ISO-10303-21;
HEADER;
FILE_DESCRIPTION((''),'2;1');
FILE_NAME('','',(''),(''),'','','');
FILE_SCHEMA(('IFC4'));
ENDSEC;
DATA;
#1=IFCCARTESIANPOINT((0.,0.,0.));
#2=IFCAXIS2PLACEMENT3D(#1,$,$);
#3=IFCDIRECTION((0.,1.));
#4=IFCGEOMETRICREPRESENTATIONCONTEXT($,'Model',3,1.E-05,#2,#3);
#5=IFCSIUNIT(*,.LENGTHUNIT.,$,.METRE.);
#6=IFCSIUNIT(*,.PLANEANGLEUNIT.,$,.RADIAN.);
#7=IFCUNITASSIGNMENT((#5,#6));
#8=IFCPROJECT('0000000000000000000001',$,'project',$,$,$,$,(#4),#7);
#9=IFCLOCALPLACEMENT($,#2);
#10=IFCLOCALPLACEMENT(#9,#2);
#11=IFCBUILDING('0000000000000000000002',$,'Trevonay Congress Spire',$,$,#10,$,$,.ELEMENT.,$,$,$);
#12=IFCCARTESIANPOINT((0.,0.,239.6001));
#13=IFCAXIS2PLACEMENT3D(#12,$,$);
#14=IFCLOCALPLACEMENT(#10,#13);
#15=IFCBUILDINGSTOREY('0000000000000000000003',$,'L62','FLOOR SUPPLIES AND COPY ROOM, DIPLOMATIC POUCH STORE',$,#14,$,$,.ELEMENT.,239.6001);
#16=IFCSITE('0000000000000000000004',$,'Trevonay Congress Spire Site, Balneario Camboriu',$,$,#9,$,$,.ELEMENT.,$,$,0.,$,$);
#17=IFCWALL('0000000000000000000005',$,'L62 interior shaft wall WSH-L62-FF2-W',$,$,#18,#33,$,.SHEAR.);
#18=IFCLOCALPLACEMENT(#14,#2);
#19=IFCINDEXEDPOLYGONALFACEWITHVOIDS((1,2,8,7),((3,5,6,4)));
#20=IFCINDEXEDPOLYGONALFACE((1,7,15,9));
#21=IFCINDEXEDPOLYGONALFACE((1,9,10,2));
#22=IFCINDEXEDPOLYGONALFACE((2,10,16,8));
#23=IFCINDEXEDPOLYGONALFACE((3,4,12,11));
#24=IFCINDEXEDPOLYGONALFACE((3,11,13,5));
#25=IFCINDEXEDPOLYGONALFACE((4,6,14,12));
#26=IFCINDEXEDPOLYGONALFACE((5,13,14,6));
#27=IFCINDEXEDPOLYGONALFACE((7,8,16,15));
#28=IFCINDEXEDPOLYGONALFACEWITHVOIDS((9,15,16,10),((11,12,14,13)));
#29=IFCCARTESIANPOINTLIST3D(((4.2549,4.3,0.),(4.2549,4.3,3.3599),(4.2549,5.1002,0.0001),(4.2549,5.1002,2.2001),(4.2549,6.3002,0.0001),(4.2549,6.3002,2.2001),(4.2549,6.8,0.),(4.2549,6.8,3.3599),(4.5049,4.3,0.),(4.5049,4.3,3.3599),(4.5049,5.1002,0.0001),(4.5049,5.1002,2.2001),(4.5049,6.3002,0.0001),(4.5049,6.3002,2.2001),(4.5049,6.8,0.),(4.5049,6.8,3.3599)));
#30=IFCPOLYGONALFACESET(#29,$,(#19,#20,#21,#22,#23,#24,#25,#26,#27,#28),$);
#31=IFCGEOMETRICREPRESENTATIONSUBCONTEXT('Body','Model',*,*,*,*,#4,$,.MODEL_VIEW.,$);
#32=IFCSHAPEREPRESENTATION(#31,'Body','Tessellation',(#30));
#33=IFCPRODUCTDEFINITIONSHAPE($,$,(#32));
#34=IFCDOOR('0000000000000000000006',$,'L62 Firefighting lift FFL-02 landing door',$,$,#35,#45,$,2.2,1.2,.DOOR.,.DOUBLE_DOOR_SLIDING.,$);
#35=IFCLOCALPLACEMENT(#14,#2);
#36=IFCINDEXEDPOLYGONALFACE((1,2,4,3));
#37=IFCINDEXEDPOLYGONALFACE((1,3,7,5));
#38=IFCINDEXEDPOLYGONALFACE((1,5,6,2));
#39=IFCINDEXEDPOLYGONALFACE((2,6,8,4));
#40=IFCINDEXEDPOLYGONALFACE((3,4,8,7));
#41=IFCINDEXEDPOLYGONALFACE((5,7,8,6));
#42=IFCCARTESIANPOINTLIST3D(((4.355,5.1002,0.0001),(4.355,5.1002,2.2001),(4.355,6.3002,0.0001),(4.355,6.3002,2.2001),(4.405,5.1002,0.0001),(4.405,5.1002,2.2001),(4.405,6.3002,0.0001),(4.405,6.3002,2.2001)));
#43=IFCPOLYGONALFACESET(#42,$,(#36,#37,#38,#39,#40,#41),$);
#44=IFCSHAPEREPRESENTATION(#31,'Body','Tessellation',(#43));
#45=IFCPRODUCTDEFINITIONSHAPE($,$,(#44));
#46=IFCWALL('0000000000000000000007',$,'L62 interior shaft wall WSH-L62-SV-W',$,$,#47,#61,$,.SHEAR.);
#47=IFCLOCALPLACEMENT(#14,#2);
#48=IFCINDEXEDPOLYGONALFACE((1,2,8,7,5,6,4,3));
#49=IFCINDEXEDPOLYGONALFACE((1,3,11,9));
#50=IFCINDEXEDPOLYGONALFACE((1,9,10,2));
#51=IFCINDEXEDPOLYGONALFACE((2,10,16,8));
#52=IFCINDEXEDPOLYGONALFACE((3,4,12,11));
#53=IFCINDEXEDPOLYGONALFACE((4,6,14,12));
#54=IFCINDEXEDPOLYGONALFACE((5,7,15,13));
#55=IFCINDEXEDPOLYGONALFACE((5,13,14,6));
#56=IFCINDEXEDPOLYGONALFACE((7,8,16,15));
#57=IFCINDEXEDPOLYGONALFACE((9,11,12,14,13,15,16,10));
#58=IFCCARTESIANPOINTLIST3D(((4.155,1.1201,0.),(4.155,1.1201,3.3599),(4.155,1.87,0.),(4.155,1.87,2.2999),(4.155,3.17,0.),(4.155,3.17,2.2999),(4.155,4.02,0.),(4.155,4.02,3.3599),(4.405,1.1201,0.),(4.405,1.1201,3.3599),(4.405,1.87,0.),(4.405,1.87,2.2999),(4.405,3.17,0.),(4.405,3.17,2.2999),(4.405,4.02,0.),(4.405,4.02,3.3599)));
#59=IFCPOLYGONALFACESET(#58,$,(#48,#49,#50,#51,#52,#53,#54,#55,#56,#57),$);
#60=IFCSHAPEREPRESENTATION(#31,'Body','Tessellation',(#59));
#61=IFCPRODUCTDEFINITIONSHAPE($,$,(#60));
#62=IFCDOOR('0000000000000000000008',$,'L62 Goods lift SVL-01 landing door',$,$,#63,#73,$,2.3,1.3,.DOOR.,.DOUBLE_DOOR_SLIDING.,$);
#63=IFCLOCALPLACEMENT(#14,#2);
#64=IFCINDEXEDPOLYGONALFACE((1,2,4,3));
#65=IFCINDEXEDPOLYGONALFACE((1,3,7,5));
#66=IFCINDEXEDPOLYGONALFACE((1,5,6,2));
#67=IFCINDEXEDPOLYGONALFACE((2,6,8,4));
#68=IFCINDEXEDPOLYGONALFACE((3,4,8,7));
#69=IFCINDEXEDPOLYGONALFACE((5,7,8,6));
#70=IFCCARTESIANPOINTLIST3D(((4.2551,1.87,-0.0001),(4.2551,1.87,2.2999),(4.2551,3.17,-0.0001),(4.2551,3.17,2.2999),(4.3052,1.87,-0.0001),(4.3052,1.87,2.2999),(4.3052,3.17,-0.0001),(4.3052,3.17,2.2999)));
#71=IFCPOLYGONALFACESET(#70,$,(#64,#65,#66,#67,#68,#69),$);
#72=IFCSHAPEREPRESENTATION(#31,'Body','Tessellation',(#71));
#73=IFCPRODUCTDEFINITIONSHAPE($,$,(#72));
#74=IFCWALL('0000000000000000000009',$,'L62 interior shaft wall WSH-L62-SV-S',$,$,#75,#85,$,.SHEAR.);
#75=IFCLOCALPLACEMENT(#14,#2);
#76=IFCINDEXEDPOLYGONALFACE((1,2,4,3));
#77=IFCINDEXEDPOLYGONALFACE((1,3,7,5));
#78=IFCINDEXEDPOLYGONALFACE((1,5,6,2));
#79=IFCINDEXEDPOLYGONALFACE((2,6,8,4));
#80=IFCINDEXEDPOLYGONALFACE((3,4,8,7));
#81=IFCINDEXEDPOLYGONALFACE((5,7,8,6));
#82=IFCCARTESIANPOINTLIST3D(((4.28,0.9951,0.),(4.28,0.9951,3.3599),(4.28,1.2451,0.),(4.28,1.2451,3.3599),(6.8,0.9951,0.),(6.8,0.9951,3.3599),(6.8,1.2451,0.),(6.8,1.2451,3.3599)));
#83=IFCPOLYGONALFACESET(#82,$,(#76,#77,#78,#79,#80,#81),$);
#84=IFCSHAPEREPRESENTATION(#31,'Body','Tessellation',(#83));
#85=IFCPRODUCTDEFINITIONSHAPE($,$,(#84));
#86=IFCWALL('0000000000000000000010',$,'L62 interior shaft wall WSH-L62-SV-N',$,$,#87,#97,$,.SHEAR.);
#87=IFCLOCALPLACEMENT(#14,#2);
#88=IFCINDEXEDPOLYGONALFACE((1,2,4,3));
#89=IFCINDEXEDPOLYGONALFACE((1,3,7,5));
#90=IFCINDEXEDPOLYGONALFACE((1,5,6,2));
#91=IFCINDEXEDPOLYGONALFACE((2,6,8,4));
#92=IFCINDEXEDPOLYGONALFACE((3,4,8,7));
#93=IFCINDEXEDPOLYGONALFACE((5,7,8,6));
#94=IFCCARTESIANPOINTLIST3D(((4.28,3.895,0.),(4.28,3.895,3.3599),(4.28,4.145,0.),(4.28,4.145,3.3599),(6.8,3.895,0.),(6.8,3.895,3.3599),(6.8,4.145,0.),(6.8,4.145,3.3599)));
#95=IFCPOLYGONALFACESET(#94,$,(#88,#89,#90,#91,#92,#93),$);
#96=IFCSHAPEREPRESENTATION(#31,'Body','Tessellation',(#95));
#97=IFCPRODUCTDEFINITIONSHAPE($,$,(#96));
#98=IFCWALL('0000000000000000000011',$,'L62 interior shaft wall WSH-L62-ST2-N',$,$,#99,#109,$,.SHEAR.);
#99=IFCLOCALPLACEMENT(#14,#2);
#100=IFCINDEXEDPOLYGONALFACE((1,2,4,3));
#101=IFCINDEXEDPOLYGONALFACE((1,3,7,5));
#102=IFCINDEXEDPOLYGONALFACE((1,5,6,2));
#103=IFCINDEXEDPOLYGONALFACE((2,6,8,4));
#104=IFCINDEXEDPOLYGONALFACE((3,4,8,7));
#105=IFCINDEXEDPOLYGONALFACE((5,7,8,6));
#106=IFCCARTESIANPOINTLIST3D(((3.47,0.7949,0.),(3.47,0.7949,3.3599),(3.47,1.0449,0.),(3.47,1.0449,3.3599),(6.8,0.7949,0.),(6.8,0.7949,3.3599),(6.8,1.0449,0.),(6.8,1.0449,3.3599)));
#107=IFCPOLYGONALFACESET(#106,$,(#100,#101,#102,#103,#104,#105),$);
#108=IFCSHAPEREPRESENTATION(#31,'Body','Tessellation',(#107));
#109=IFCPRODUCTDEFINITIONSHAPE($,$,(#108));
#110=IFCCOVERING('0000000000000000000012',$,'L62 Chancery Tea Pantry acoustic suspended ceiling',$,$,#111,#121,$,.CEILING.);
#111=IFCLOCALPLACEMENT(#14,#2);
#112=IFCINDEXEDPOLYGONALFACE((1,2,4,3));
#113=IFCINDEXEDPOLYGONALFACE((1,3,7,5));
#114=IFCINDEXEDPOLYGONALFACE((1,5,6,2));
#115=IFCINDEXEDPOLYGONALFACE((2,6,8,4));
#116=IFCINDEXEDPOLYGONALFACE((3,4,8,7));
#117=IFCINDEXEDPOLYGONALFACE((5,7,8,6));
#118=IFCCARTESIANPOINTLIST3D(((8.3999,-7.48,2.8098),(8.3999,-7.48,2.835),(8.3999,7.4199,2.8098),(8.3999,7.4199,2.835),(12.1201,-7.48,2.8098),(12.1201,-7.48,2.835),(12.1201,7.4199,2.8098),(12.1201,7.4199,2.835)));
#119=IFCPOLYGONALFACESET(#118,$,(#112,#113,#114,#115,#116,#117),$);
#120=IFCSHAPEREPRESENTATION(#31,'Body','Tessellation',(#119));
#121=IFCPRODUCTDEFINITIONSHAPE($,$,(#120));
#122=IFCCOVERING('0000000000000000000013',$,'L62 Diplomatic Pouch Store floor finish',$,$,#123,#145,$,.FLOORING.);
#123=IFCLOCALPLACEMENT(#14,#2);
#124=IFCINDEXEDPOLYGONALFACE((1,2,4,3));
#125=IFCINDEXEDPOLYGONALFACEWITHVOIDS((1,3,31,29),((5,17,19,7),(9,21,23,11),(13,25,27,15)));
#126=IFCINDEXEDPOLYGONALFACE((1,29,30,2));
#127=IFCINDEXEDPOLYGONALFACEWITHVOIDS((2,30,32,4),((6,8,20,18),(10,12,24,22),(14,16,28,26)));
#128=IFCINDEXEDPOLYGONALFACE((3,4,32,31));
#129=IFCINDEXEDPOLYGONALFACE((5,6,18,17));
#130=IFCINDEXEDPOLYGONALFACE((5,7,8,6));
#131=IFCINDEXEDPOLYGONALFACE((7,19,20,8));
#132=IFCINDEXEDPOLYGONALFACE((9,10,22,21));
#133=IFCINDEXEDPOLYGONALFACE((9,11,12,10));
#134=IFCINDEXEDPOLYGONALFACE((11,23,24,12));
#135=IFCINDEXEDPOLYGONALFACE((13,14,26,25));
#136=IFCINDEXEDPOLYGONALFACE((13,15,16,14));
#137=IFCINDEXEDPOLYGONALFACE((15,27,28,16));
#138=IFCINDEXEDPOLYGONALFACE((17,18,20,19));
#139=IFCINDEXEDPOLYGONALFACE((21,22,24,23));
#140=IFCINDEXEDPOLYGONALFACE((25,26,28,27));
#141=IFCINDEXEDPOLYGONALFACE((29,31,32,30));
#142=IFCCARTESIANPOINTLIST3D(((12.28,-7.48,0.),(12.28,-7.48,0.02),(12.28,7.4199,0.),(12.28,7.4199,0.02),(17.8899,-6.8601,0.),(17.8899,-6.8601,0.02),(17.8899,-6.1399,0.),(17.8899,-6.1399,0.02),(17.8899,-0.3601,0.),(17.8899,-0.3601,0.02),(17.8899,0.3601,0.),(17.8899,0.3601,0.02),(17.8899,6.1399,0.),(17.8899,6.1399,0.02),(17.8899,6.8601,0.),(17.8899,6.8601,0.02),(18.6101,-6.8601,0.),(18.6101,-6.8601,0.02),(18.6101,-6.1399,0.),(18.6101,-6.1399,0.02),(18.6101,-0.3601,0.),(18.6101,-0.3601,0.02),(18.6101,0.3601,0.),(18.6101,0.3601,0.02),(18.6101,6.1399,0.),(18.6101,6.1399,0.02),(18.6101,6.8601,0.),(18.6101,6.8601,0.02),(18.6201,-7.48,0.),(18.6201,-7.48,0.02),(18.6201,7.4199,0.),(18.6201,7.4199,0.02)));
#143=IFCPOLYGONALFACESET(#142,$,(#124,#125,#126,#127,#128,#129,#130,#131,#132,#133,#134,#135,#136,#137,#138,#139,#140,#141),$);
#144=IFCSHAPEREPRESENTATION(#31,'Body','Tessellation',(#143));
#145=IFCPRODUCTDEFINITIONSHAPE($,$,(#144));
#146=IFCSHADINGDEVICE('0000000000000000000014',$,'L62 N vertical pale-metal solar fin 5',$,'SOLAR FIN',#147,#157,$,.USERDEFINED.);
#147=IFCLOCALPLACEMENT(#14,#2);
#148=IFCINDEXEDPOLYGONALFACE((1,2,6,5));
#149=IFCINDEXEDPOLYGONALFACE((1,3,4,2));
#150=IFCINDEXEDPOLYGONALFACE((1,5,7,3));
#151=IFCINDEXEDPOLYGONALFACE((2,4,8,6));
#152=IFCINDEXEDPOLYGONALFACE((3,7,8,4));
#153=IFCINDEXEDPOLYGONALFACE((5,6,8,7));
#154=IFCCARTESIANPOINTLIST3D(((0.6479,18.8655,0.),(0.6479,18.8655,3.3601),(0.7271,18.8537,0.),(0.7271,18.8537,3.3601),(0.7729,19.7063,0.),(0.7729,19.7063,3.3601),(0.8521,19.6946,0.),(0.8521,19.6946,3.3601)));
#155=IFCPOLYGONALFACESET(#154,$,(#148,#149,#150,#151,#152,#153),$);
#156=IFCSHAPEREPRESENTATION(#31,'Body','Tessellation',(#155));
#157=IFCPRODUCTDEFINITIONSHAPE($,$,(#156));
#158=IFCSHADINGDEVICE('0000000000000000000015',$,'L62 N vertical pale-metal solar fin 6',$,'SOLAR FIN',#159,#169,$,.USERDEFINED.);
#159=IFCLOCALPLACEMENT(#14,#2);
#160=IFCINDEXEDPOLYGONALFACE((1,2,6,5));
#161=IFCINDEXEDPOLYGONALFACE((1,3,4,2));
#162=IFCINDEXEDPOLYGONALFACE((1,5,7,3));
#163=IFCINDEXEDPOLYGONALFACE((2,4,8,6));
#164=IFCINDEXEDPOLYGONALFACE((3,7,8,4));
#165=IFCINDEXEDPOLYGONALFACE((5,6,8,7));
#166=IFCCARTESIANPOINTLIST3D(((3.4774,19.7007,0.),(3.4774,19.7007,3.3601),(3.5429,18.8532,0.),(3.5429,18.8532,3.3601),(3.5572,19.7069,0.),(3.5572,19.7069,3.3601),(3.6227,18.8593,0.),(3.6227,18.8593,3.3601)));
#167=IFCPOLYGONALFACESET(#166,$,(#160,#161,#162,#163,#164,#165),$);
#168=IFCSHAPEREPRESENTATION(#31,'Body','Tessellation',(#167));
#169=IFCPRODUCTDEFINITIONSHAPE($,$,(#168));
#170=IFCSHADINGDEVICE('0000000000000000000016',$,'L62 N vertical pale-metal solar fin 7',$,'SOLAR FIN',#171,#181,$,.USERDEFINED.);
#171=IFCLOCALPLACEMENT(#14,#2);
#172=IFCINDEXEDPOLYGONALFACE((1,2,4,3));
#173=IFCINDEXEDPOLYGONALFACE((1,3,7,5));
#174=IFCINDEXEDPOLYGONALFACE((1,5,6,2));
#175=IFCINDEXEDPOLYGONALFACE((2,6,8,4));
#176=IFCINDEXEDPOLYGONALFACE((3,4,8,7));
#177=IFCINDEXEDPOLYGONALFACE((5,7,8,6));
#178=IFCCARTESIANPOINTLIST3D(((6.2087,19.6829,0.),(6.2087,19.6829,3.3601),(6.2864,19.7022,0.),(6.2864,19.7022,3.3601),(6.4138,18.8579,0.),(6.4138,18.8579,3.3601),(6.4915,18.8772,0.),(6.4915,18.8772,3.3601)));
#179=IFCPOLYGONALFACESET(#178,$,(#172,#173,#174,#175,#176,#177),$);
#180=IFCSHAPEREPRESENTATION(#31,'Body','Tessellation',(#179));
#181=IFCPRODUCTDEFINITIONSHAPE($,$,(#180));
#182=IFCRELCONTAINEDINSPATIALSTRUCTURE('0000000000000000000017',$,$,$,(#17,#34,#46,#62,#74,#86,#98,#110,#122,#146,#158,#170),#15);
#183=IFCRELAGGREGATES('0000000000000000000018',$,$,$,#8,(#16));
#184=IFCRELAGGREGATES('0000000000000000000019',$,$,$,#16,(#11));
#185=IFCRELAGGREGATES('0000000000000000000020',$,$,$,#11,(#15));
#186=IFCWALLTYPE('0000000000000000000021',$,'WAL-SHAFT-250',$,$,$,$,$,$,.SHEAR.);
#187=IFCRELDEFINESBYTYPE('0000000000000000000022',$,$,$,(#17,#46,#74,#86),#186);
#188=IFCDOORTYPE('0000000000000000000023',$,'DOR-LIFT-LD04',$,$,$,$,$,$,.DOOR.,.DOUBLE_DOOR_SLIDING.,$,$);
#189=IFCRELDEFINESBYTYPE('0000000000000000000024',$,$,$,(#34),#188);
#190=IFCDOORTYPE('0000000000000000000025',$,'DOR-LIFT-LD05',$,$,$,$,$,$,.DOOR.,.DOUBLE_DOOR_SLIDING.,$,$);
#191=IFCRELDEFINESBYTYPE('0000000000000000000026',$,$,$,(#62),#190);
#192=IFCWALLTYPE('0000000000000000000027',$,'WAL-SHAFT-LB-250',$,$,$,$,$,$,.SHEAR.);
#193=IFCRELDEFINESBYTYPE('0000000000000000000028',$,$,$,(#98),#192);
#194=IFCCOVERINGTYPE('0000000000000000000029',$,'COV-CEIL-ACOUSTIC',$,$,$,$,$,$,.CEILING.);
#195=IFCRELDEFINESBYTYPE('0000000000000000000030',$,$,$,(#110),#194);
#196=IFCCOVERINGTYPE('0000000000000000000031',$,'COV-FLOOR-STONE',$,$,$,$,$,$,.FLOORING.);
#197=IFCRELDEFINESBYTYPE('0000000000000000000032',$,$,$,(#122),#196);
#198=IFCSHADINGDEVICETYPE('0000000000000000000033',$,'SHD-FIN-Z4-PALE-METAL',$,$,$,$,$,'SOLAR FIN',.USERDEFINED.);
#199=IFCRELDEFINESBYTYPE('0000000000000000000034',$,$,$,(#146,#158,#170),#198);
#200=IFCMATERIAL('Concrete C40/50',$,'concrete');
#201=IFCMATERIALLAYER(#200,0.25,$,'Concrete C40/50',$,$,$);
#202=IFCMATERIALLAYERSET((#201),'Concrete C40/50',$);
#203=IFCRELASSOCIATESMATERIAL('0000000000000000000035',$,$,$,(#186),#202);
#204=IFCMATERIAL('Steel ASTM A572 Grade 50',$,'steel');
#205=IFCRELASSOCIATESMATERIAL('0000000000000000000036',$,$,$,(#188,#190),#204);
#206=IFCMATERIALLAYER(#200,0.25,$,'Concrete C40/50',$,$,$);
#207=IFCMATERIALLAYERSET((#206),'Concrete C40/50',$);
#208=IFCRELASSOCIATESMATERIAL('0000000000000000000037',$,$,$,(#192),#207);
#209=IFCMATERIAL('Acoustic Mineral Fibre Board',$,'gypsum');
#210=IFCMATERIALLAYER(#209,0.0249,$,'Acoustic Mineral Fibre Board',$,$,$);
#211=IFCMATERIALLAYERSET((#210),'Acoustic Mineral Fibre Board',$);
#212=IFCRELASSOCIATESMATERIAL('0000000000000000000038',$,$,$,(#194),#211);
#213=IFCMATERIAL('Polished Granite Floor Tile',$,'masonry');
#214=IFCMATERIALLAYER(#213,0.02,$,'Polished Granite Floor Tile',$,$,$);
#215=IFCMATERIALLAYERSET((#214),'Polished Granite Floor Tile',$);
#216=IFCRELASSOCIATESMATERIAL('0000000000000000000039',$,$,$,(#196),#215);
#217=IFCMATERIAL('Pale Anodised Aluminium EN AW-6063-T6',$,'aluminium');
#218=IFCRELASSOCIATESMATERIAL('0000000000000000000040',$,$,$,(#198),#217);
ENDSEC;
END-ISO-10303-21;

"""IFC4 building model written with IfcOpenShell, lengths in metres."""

from ifc_helpers import new_model, si_unit, direction, frame, frame_2d, origin, origin_2d, place, context, subcontext, project, spatial, polyline, rectangle, outline, extrude, material, layer, layer_set, type_object, element, fill, save


model = new_model("IFC4")

# Units and contexts
model_context = context("Model", 3, precision=1e-05, world=origin(), true_north=direction((0.0, 1.0)))
body_context = subcontext(model_context, "Body", "Model", "MODEL_VIEW")
ifc_project = project(units=[si_unit("LENGTHUNIT", "METRE"), si_unit("PLANEANGLEUNIT", "RADIAN")], contexts=[model_context])

# Site, building, storey
site_placement = place(None, origin())
site = spatial("IfcSite", under=ifc_project, at=site_placement, Name="Trevonay Congress Spire Site, Balneario Camboriu", CompositionType="ELEMENT", RefElevation=0.0)
building_placement = place(site_placement, origin())
building = spatial("IfcBuilding", under=site, at=building_placement, Name="Trevonay Congress Spire", CompositionType="ELEMENT")
storey_placement = place(building_placement, frame((0.0, 0.0, 239.6001)))
storey = spatial("IfcBuildingStorey", under=building, at=storey_placement, Name="L62", Description="FLOOR SUPPLIES AND COPY ROOM, DIPLOMATIC POUCH STORE", CompositionType="ELEMENT", Elevation=239.6001)

# Shared definitions
ifc_material_1 = material(Name="Steel ASTM A572 Grade 50", Category="steel")

# Shared definitions
ifc_material_2 = material(Name="Pale Anodised Aluminium EN AW-6063-T6", Category="aluminium")

# Shared definitions
ifc_material_3 = material(Name="Concrete C40/50", Category="concrete")
ifc_layer_1 = layer(ifc_material_3, 0.25, Name="Concrete C40/50")
ifc_layer_set_1 = layer_set([ifc_layer_1], Name="Concrete C40/50")
wall_type_1 = type_object("IfcWallType", Name="WAL-SHAFT-250", PredefinedType="SHEAR", material=ifc_layer_set_1)

# Walls, openings, doors
wall_1_placement = place(storey_placement, frame((4.3799, 4.3, 0.0), z_axis=(0.0, 0.0, 1.0), x_axis=(0.0, 1.0, 0.0)))
wall_1 = element("IfcWall", 1, at=wall_1_placement, inside=storey, type_object=wall_type_1, Name="L62 interior shaft wall WSH-L62-FF2-W", PredefinedType="SHEAR", context=body_context, shape_type="SweptSolid", body=[
    extrude(rectangle(XDim=2.5, YDim=0.25, at=frame_2d((1.25, 0.0))), origin(), (0.0, 0.0, 1.0), 3.3599),
])
opening_1_placement = place(wall_1_placement, frame((0.8, 0.0, 0.0)))
opening_1 = element("IfcOpeningElement", 2, at=opening_1_placement, cuts=wall_1, PredefinedType="OPENING", context=body_context, shape_type="SweptSolid", body=[
    extrude(rectangle(XDim=1.2, YDim=2.2, at=frame_2d((0.6001, 1.1001))), frame((0.0, 0.135, 0.0), z_axis=(0.0, -1.0, 0.0), x_axis=(1.0, 0.0, 0.0)), (0.0, 0.0, 1.0), 0.27),
])
door_type_1 = type_object("IfcDoorType", Name="DOR-LIFT-LD04", OperationType="DOUBLE_DOOR_SLIDING", PredefinedType="DOOR", material=ifc_material_1)
door_1_placement = place(opening_1_placement, origin())
door_1 = element("IfcDoor", 3, at=door_1_placement, inside=storey, type_object=door_type_1, Name="L62 Firefighting lift FFL-02 landing door", OperationType="DOUBLE_DOOR_SLIDING", OverallHeight=2.2, OverallWidth=1.2, PredefinedType="DOOR", context=body_context, shape_type="SweptSolid", body=[
    extrude(rectangle(XDim=1.2, YDim=2.2, at=frame_2d((0.6001, 1.1001))), frame((0.0, 0.0249, 0.0), z_axis=(0.0, -1.0, 0.0), x_axis=(1.0, 0.0, 0.0)), (0.0, 0.0, 1.0), 0.05),
])
fill(opening_1, door_1)
wall_2_placement = place(storey_placement, frame((4.28, 1.1201, 0.0), z_axis=(0.0, 0.0, 1.0), x_axis=(0.0, 1.0, 0.0)))
wall_2 = element("IfcWall", 4, at=wall_2_placement, inside=storey, type_object=wall_type_1, Name="L62 interior shaft wall WSH-L62-SV-W", PredefinedType="SHEAR", context=body_context, shape_type="SweptSolid", body=[
    extrude(rectangle(XDim=2.8999, YDim=0.25, at=frame_2d((1.45, 0.0))), origin(), (0.0, 0.0, 1.0), 3.3599),
])
opening_2_placement = place(wall_2_placement, frame((0.75, 0.0, 0.0)))
opening_2 = element("IfcOpeningElement", 5, at=opening_2_placement, cuts=wall_2, PredefinedType="OPENING", context=body_context, shape_type="SweptSolid", body=[
    extrude(rectangle(XDim=1.3, YDim=2.3, at=frame_2d((0.6499, 1.1499))), frame((0.0, 0.135, 0.0), z_axis=(0.0, -1.0, 0.0), x_axis=(1.0, 0.0, 0.0)), (0.0, 0.0, 1.0), 0.27),
])
door_type_2 = type_object("IfcDoorType", Name="DOR-LIFT-LD05", OperationType="DOUBLE_DOOR_SLIDING", PredefinedType="DOOR", material=ifc_material_1)
door_2_placement = place(opening_2_placement, origin())
door_2 = element("IfcDoor", 6, at=door_2_placement, inside=storey, type_object=door_type_2, Name="L62 Goods lift SVL-01 landing door", OperationType="DOUBLE_DOOR_SLIDING", OverallHeight=2.3, OverallWidth=1.3, PredefinedType="DOOR", context=body_context, shape_type="SweptSolid", body=[
    extrude(rectangle(XDim=1.3, YDim=2.3, at=frame_2d((0.6499, 1.1499))), frame((0.0, 0.0249, 0.0), z_axis=(0.0, -1.0, 0.0), x_axis=(1.0, 0.0, 0.0)), (0.0, 0.0, 1.0), 0.05),
])
fill(opening_2, door_2)

# Walls
for number, where, z_axis, x_axis, name in (
    (7, (4.28, 1.1201, 0.0), (0.0, 0.0, 1.0), (1.0, 0.0, 0.0), "L62 interior shaft wall WSH-L62-SV-S"),
    (8, (4.28, 4.02, 0.0), (0.0, 0.0, 1.0), (1.0, 0.0, 0.0), "L62 interior shaft wall WSH-L62-SV-N"),
):
    element("IfcWall", number, at=place(storey_placement, frame(where, z_axis=z_axis, x_axis=x_axis)), inside=storey, type_object=wall_type_1, Name=name, PredefinedType="SHEAR", context=body_context, shape_type="SweptSolid", body=[
        extrude(rectangle(XDim=2.52, YDim=0.25, at=frame_2d((1.26, 0.0))), origin(), (0.0, 0.0, 1.0), 3.3599),
    ])
ifc_layer_2 = layer(ifc_material_3, 0.25, Name="Concrete C40/50")
ifc_layer_set_2 = layer_set([ifc_layer_2], Name="Concrete C40/50")
wall_type_2 = type_object("IfcWallType", Name="WAL-SHAFT-LB-250", PredefinedType="SHEAR", material=ifc_layer_set_2)
wall_3_placement = place(storey_placement, frame((3.47, 0.9199, 0.0), z_axis=(0.0, 0.0, 1.0), x_axis=(1.0, 0.0, 0.0)))
element("IfcWall", 9, at=wall_3_placement, inside=storey, type_object=wall_type_2, Name="L62 interior shaft wall WSH-L62-ST2-N", PredefinedType="SHEAR", context=body_context, shape_type="SweptSolid", body=[
    extrude(rectangle(XDim=3.3301, YDim=0.25, at=frame_2d((1.665, 0.0))), origin(), (0.0, 0.0, 1.0), 3.3599),
])

# Coverings
ifc_material_4 = material(Name="Acoustic Mineral Fibre Board", Category="gypsum")
ifc_layer_3 = layer(ifc_material_4, 0.0249, Name="Acoustic Mineral Fibre Board")
ifc_layer_set_3 = layer_set([ifc_layer_3], Name="Acoustic Mineral Fibre Board")
covering_type_1 = type_object("IfcCoveringType", Name="COV-CEIL-ACOUSTIC", PredefinedType="CEILING", material=ifc_layer_set_3)
covering_1_placement = place(storey_placement, frame((0.0, 0.0, 2.8098)))
element("IfcCovering", 10, at=covering_1_placement, inside=storey, type_object=covering_type_1, Name="L62 Chancery Tea Pantry acoustic suspended ceiling", PredefinedType="CEILING", context=body_context, shape_type="SweptSolid", body=[
    extrude(outline(polyline([(8.3999, -7.48), (12.1201, -7.48), (12.1201, 7.4199), (8.3999, 7.4199), (8.3999, -7.48)])), origin(), (0.0, 0.0, 1.0), 0.0251),
])
ifc_material_5 = material(Name="Polished Granite Floor Tile", Category="masonry")
ifc_layer_4 = layer(ifc_material_5, 0.02, Name="Polished Granite Floor Tile")
ifc_layer_set_4 = layer_set([ifc_layer_4], Name="Polished Granite Floor Tile")
covering_type_2 = type_object("IfcCoveringType", Name="COV-FLOOR-STONE", PredefinedType="FLOORING", material=ifc_layer_set_4)
covering_2_placement = place(storey_placement, origin())
element("IfcCovering", 11, at=covering_2_placement, inside=storey, type_object=covering_type_2, Name="L62 Diplomatic Pouch Store floor finish", PredefinedType="FLOORING", context=body_context, shape_type="SweptSolid", body=[
    extrude(outline(polyline([(12.28, 7.4199), (18.6201, 7.4199), (18.6201, -7.48), (12.28, -7.48), (12.28, 7.4199)]), holes=[polyline([(17.8899, -6.8601), (18.6101, -6.8601), (18.6101, -6.1399), (17.8899, -6.1399), (17.8899, -6.8601)]), polyline([(17.8899, 0.3601), (17.8899, -0.3601), (18.6101, -0.3601), (18.6101, 0.3601), (17.8899, 0.3601)]), polyline([(17.8899, 6.8601), (17.8899, 6.1399), (18.6101, 6.1399), (18.6101, 6.8601), (17.8899, 6.8601)])]), origin(), (0.0, 0.0, 1.0), 0.02),
])

# Shading devices
shading_device_type = type_object("IfcShadingDeviceType", Name="SHD-FIN-Z4-PALE-METAL", ElementType="SOLAR FIN", PredefinedType="USERDEFINED", material=ifc_material_2)
for number, where, z_axis, x_axis, name in (
    (12, (0.75, 19.28, 0.0), (0.0, 0.0, 1.0), (0.989144, -0.146946, 0.0), "L62 N vertical pale-metal solar fin 5"),
    (13, (3.55, 19.28, 0.0), (0.0, 0.0, 1.0), (0.997026, 0.077067, 0.0), "L62 N vertical pale-metal solar fin 6"),
    (14, (6.3501, 19.28, 0.0), (0.0, 0.0, 1.0), (0.970464, 0.241244, 0.0), "L62 N vertical pale-metal solar fin 7"),
):
    element("IfcShadingDevice", number, at=place(storey_placement, frame(where, z_axis=z_axis, x_axis=x_axis)), inside=storey, type_object=shading_device_type, Name=name, ObjectType="SOLAR FIN", PredefinedType="USERDEFINED", context=body_context, shape_type="SweptSolid", body=[
        extrude(rectangle(XDim=0.0801, YDim=0.8501, at=origin_2d()), origin(), (0.0, 0.0, 1.0), 3.3601),
    ])

save(model, "model.ifc")
